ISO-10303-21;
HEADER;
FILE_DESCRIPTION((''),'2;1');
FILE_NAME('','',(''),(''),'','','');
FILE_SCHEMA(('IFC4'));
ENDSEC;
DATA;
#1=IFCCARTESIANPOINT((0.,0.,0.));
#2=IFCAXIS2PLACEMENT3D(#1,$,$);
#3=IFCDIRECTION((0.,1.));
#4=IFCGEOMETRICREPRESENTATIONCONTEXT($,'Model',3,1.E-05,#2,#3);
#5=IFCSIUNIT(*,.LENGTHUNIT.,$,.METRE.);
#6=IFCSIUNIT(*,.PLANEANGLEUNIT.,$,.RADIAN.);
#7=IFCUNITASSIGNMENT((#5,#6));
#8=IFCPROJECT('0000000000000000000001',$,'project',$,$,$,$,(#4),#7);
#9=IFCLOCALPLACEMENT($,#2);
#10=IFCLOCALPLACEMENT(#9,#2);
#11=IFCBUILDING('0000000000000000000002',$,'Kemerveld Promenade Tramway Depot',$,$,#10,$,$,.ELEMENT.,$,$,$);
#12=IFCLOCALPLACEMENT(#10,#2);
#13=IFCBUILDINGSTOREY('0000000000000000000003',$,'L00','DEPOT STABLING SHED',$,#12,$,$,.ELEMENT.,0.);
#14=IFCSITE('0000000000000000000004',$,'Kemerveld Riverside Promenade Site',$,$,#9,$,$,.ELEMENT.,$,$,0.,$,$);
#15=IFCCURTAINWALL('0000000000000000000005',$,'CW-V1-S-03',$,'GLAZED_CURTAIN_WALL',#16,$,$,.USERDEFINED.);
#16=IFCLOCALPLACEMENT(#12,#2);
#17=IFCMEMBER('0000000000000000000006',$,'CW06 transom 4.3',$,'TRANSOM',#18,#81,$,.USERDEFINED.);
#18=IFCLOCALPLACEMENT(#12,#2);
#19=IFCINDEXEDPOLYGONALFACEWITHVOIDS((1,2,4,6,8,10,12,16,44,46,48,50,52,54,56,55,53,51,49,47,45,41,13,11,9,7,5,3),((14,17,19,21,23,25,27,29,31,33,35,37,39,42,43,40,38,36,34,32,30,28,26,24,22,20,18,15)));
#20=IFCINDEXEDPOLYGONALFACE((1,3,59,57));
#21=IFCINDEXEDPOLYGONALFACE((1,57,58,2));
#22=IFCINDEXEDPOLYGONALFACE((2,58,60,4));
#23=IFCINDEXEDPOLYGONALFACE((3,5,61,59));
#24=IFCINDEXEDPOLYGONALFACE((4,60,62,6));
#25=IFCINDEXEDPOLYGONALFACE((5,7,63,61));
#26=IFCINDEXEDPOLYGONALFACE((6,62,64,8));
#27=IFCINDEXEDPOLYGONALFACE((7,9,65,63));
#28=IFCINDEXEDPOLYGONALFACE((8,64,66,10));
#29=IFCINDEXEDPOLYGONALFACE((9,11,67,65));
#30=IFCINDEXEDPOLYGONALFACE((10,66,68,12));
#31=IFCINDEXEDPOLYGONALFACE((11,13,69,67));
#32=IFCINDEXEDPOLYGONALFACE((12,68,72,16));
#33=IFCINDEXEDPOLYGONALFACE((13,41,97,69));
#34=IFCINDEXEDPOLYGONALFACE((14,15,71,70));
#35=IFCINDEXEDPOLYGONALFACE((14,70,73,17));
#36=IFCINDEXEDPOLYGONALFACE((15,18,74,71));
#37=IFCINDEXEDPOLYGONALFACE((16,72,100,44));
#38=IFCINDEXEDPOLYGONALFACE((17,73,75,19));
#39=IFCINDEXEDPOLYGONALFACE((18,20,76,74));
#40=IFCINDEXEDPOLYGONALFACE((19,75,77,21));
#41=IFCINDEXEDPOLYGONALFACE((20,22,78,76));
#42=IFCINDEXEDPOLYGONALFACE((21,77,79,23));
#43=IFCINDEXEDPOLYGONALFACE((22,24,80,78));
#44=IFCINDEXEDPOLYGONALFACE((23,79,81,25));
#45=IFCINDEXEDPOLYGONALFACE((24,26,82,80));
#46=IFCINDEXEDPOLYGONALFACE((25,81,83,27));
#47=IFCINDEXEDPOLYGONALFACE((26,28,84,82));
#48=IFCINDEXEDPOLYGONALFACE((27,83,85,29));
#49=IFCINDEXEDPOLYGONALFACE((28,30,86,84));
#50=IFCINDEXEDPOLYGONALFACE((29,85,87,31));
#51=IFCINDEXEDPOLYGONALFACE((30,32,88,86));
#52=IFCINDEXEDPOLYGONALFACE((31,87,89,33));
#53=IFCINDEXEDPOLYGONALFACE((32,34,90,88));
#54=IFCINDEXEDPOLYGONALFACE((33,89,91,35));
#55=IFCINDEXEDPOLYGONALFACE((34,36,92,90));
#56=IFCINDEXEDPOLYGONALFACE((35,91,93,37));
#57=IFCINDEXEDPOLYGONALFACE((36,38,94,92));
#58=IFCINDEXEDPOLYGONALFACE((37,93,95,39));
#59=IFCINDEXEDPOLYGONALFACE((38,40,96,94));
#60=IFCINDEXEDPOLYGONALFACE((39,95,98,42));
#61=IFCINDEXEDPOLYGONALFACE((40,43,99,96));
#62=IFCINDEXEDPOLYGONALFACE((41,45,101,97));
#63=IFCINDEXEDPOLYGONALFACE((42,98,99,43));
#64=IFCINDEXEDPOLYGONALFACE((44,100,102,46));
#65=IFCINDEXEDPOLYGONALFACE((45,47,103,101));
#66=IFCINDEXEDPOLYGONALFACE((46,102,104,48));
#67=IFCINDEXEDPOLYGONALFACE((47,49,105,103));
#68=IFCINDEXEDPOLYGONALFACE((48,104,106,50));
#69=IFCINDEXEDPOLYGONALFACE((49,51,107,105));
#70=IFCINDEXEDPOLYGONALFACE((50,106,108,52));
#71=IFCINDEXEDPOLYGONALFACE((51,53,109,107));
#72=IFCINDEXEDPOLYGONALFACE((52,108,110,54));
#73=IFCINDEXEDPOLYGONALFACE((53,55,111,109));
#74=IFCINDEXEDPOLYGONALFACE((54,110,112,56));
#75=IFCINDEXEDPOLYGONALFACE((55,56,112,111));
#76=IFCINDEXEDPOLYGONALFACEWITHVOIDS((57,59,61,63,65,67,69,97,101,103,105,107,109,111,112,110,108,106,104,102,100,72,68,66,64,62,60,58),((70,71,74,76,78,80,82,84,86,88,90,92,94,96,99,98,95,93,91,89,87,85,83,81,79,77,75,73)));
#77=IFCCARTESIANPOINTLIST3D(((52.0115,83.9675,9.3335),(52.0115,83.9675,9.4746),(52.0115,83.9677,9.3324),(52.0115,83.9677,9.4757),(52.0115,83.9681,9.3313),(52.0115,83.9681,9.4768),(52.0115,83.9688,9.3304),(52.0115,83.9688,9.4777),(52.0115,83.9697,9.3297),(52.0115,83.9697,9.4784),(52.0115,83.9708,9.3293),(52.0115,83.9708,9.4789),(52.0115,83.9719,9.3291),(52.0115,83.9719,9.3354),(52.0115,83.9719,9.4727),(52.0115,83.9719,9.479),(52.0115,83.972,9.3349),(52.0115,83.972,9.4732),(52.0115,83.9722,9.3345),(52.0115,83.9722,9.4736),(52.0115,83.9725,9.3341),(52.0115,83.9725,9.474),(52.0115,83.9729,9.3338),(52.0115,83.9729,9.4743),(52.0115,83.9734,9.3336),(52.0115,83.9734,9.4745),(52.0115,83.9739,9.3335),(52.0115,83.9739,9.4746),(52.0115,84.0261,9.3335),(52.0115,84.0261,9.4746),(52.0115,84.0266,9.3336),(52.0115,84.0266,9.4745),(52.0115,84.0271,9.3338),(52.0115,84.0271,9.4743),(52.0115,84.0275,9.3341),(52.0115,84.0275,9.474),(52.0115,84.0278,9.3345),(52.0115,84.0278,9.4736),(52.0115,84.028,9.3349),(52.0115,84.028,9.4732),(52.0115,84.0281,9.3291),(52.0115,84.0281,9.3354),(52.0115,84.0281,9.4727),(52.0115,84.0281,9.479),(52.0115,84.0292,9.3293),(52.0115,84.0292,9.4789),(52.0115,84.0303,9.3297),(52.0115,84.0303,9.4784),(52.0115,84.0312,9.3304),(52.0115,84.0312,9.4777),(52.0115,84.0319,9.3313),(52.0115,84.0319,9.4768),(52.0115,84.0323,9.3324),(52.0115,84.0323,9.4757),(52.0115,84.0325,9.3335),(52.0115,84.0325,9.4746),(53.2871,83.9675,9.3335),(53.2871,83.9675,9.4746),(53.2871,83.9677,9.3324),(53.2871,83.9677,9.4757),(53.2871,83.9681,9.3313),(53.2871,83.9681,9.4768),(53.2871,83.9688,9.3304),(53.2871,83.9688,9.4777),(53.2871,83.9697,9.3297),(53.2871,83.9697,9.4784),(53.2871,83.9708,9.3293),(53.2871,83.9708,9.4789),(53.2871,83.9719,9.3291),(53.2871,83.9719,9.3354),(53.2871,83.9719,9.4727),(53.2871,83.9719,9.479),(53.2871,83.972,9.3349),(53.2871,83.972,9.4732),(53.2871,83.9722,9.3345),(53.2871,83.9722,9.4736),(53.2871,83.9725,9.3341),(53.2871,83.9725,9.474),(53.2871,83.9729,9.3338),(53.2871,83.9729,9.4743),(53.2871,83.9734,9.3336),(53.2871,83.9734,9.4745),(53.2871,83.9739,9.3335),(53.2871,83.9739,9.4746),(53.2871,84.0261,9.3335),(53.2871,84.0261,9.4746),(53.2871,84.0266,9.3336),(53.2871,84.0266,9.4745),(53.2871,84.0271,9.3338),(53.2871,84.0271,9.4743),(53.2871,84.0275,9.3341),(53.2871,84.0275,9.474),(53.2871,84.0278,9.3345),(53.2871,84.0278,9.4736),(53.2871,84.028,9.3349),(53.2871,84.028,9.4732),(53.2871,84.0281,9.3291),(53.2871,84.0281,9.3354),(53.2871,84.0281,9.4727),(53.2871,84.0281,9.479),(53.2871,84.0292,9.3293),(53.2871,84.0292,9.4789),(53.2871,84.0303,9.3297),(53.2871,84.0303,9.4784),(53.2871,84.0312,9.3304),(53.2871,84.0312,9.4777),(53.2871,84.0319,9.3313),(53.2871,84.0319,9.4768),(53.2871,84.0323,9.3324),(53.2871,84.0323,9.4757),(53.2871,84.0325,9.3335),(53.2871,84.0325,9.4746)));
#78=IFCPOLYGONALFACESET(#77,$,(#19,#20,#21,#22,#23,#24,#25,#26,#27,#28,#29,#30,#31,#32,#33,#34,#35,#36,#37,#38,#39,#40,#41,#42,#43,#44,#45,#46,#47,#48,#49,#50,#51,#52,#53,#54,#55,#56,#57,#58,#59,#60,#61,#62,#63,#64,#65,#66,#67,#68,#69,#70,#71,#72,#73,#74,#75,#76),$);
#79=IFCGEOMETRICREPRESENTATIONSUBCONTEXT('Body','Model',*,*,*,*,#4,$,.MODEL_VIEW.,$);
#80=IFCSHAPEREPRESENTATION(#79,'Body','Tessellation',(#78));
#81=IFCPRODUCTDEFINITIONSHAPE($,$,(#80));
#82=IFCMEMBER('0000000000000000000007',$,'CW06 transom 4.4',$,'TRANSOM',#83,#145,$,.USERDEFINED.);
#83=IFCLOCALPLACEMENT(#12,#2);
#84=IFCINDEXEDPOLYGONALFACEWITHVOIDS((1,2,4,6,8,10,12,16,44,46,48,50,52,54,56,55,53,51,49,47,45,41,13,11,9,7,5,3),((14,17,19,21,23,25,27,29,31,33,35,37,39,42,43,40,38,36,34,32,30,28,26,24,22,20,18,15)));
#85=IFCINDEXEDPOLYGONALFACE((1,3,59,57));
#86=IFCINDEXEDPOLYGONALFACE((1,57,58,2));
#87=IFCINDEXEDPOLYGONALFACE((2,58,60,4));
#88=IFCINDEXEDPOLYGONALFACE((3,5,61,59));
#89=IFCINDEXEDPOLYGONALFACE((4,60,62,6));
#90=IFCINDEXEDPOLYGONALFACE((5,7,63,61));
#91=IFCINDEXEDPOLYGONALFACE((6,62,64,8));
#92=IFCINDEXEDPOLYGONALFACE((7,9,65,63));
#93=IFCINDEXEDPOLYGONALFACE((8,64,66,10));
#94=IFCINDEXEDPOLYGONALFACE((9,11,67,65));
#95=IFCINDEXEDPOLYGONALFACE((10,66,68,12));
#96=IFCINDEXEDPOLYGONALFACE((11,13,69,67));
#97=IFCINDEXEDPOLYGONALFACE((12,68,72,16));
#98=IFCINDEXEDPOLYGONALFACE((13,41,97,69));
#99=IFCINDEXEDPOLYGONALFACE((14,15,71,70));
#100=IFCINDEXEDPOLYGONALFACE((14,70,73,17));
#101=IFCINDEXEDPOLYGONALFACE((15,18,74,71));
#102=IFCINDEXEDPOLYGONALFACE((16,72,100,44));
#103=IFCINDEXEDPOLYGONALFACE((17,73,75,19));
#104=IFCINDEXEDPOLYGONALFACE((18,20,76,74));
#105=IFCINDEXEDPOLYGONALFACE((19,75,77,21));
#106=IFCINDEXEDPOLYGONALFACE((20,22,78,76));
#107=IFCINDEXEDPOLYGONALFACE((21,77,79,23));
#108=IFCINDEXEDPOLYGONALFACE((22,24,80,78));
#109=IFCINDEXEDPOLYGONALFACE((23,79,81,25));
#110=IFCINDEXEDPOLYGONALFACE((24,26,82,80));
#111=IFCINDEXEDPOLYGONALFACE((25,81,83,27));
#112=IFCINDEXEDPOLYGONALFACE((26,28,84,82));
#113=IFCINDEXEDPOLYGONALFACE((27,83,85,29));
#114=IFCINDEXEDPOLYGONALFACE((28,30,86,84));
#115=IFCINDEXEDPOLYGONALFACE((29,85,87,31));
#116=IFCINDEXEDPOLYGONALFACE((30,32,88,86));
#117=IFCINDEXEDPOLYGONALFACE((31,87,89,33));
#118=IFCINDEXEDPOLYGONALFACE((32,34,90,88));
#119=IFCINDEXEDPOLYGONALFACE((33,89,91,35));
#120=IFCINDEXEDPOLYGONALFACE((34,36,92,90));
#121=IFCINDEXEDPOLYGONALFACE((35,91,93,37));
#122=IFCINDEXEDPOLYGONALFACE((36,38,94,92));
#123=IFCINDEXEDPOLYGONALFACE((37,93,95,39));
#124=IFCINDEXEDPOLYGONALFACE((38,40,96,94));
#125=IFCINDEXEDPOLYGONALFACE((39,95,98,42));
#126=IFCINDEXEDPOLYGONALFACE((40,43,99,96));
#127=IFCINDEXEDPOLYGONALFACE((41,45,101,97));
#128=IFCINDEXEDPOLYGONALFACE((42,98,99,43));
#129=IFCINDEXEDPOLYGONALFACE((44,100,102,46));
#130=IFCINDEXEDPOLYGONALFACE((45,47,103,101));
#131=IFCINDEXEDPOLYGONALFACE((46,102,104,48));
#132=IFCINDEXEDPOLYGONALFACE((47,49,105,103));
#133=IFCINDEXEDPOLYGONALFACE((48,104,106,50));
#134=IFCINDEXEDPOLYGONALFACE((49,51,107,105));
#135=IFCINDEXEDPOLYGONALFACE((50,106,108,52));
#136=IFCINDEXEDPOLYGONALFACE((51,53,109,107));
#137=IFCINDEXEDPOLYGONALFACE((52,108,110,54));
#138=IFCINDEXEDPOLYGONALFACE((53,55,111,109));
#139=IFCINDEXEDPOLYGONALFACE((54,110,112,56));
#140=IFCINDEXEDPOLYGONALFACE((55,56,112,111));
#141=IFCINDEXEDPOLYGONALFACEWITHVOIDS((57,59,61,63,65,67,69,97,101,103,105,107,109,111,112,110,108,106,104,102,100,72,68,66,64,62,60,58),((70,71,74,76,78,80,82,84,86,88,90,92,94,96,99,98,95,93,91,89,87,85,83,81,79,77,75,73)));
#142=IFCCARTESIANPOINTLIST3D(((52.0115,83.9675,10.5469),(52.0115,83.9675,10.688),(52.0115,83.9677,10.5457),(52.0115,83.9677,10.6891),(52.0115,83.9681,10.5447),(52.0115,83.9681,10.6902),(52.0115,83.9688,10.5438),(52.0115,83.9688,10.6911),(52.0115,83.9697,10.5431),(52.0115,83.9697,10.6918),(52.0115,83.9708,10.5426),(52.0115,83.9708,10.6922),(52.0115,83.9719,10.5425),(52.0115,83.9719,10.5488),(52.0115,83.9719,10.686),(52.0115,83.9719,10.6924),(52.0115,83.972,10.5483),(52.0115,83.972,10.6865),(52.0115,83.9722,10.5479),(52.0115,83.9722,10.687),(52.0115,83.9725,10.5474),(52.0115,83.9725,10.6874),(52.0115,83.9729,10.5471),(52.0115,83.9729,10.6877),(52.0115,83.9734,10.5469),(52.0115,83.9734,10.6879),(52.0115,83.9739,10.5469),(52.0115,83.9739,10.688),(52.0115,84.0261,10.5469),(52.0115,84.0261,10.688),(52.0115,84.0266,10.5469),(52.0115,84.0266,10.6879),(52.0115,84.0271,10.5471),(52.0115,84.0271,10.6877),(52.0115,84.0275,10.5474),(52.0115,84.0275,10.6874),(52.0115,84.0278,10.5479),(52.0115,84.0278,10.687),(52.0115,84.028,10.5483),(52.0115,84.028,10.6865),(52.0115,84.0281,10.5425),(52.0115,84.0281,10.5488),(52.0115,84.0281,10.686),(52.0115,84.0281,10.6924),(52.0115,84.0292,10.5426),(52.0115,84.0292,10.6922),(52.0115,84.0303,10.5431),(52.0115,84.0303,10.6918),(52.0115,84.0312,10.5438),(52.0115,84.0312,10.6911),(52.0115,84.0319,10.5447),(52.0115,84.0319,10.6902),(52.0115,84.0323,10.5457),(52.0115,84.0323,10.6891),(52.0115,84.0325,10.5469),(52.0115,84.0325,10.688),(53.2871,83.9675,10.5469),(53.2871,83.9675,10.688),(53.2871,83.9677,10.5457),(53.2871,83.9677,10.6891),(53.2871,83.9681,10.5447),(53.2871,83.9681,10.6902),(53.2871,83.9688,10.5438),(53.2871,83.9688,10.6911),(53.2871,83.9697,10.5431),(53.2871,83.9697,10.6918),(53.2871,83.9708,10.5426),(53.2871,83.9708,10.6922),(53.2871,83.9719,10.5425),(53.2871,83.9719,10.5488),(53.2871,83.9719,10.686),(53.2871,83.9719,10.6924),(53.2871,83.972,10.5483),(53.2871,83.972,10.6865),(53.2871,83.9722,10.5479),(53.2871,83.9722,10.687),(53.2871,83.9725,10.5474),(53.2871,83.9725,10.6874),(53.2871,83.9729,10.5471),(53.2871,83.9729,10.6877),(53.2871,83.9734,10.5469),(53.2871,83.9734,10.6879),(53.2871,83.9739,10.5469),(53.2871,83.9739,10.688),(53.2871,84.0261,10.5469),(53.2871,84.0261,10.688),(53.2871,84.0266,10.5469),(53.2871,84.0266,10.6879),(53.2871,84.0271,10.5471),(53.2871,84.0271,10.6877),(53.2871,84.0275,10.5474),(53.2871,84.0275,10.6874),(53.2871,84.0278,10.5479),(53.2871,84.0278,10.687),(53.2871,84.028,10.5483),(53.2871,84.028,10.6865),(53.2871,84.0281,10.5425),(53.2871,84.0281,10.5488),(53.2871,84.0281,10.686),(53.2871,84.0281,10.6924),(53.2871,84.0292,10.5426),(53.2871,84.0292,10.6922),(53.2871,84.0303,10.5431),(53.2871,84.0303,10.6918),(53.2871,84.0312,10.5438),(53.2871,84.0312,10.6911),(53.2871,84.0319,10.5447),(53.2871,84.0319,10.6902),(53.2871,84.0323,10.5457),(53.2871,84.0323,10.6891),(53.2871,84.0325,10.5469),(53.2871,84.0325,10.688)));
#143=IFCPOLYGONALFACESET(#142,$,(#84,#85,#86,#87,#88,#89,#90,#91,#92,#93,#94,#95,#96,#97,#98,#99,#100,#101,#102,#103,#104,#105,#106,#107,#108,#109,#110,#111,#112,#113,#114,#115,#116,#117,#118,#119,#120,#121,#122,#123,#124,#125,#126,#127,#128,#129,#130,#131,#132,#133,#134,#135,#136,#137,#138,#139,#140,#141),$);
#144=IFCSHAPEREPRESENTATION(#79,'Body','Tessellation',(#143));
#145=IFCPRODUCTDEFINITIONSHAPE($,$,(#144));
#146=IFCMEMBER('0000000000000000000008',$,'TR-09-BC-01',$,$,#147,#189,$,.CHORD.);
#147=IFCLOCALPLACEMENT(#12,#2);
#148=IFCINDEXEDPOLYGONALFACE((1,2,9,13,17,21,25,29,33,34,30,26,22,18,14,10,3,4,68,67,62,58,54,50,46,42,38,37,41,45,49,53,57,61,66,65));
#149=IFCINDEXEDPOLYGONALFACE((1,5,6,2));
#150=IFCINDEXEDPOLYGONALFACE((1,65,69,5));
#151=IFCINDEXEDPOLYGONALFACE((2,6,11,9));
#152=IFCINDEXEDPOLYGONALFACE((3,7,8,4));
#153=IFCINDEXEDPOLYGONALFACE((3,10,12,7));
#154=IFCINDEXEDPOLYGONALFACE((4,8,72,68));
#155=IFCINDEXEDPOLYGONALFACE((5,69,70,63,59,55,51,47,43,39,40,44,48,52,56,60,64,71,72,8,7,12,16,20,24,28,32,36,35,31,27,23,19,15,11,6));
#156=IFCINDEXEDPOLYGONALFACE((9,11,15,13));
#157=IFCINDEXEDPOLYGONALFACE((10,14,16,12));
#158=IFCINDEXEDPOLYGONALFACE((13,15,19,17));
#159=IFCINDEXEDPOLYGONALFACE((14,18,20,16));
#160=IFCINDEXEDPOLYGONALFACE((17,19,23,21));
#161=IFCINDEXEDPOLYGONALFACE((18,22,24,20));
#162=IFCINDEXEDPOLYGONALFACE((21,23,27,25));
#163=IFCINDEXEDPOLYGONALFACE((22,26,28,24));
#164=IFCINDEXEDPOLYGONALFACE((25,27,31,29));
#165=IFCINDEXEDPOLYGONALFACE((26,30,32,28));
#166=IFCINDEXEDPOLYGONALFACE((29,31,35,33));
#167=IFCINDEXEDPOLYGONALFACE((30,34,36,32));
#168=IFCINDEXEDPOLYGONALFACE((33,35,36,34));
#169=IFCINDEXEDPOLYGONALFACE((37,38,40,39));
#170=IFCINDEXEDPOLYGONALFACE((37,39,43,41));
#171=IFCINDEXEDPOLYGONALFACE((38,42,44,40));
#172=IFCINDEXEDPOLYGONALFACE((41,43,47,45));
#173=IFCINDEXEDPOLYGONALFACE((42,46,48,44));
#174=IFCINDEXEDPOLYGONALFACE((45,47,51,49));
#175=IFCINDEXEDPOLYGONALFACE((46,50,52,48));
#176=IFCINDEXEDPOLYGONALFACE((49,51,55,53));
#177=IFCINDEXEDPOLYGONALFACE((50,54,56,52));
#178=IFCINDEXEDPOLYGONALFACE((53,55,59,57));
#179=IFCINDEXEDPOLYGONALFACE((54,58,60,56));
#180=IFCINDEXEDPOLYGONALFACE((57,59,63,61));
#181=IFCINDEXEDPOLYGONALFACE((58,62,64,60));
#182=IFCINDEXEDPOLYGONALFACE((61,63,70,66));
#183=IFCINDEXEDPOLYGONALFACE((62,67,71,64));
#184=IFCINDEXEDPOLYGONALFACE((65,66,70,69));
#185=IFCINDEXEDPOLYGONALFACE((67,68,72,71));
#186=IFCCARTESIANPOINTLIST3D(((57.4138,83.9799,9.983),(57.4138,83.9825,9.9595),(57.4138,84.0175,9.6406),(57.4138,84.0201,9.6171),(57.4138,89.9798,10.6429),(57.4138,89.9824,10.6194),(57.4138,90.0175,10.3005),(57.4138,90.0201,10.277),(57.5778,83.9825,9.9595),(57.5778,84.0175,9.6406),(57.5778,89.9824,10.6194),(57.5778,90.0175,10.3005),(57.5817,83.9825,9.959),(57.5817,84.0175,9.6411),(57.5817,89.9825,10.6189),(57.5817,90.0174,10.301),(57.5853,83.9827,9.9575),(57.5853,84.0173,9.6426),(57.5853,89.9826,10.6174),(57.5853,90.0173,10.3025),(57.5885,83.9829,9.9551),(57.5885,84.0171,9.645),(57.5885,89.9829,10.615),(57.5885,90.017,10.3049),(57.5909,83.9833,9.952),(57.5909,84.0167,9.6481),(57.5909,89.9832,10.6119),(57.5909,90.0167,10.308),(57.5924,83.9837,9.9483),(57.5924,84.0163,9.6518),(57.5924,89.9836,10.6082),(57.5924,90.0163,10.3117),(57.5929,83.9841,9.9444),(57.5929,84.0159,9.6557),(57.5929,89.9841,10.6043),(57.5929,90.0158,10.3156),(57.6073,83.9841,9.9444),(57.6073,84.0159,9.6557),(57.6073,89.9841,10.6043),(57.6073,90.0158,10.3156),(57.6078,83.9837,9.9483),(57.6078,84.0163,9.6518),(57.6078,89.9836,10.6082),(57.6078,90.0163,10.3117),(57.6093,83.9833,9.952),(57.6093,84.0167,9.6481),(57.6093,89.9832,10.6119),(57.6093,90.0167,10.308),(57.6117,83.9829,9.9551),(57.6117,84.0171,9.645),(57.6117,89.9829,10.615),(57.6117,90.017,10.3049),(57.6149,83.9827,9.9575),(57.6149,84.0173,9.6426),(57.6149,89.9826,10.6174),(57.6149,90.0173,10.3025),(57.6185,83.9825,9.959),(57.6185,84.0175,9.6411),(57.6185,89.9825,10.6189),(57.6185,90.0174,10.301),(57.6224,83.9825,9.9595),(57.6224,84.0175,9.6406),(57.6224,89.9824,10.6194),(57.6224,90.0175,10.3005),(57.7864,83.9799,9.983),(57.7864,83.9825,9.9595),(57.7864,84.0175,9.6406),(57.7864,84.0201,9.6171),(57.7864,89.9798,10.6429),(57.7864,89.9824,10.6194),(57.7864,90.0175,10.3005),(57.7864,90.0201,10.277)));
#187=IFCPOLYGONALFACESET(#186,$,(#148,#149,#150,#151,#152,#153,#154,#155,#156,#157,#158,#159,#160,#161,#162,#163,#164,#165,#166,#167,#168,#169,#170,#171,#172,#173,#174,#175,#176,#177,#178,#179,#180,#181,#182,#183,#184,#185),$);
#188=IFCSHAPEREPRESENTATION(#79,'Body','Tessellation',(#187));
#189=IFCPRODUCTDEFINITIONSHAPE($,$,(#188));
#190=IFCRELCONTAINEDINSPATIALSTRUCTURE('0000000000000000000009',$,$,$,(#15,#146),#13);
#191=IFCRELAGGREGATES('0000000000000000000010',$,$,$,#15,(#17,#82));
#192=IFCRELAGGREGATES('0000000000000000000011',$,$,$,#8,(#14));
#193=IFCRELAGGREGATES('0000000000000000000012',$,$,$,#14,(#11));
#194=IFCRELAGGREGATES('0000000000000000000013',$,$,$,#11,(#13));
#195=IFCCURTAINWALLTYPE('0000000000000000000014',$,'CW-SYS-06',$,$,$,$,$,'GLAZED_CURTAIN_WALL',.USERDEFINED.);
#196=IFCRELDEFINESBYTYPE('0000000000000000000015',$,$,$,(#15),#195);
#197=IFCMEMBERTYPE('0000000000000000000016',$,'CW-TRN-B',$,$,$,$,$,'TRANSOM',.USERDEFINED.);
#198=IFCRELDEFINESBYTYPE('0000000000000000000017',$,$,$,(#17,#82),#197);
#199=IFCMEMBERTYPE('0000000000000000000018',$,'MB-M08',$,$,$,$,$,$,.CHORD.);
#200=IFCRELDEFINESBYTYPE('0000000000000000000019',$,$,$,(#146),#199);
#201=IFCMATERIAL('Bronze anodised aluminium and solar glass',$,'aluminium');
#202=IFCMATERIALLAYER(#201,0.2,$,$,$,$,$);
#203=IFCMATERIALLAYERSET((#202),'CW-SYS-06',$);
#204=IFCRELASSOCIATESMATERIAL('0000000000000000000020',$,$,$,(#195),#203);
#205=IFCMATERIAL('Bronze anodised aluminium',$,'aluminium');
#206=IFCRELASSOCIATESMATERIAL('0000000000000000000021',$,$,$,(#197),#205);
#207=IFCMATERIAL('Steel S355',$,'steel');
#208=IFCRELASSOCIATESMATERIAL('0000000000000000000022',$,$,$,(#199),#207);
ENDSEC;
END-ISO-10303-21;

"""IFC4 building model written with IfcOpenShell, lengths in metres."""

from ifc_helpers import new_model, si_unit, direction, frame, origin, origin_2d, place, context, subcontext, project, spatial, hollow_rectangle, i_section, extrude, material, layer, layer_set, material_profile, profile_set, type_object, element, aggregate, save


model = new_model("IFC4")

# Units and contexts
model_context = context("Model", 3, precision=1e-05, world=origin(), true_north=direction((0.0, 1.0)))
body_context = subcontext(model_context, "Body", "Model", "MODEL_VIEW")
ifc_project = project(units=[si_unit("LENGTHUNIT", "METRE"), si_unit("PLANEANGLEUNIT", "RADIAN")], contexts=[model_context])

# Site, building, storey
site_placement = place(None, origin())
site = spatial("IfcSite", under=ifc_project, at=site_placement, Name="Kemerveld Riverside Promenade Site", CompositionType="ELEMENT", RefElevation=0.0)
building_placement = place(site_placement, origin())
building = spatial("IfcBuilding", under=site, at=building_placement, Name="Kemerveld Promenade Tramway Depot", CompositionType="ELEMENT")
storey_placement = place(building_placement, origin())
storey = spatial("IfcBuildingStorey", under=building, at=storey_placement, Name="L00", Description="DEPOT STABLING SHED", CompositionType="ELEMENT", Elevation=0.0)

# Shared definitions
ifc_material_1 = material(Name="Steel S355", Category="steel")

# Curtain wall, members
ifc_material_2 = material(Name="Bronze anodised aluminium and solar glass", Category="aluminium")
ifc_material_3 = material(Name="Bronze anodised aluminium", Category="aluminium")
ifc_layer_1 = layer(ifc_material_2, 0.2)
ifc_layer_set_1 = layer_set([ifc_layer_1], Name="CW-SYS-06")
curtain_wall_type_1 = type_object("IfcCurtainWallType", Name="CW-SYS-06", ElementType="GLAZED_CURTAIN_WALL", PredefinedType="USERDEFINED", material=ifc_layer_set_1)
curtain_wall_1_placement = place(storey_placement, origin())
curtain_wall_1 = element("IfcCurtainWall", 1, at=curtain_wall_1_placement, inside=storey, type_object=curtain_wall_type_1, Name="CW-V1-S-03", ObjectType="GLAZED_CURTAIN_WALL", PredefinedType="USERDEFINED")
ifc_material_profile_1 = material_profile(ifc_material_3, hollow_rectangle(XDim=0.0649, YDim=0.1499, WallThickness=0.0044, InnerFilletRadius=0.002, OuterFilletRadius=0.0044, at=origin_2d()), Name="CW-TRN-150x65")
ifc_profile_set_1 = profile_set([ifc_material_profile_1], Name="Bronze anodised aluminium")
member_type_1 = type_object("IfcMemberType", Name="CW-TRN-B", ElementType="TRANSOM", PredefinedType="USERDEFINED", material=ifc_profile_set_1)
member_1_placement = place(storey_placement, frame((53.2871, 84.0, 9.4041), z_axis=(-1.0, 0.0, 0.0), x_axis=(0.0, -1.0, 0.0)))
member_1 = element("IfcMember", 2, at=member_1_placement, type_object=member_type_1, Name="CW06 transom 4.3", ObjectType="TRANSOM", PredefinedType="USERDEFINED", context=body_context, shape_type="SweptSolid", body=[
    extrude(hollow_rectangle(XDim=0.0649, YDim=0.1499, WallThickness=0.0044, InnerFilletRadius=0.002, OuterFilletRadius=0.0044, at=origin_2d()), origin(), (0.0, 0.0, 1.0), 1.2756),
])
member_2_placement = place(storey_placement, frame((53.2871, 84.0, 10.6174), z_axis=(-1.0, 0.0, 0.0), x_axis=(0.0, -1.0, 0.0)))
member_2 = element("IfcMember", 3, at=member_2_placement, type_object=member_type_1, Name="CW06 transom 4.4", ObjectType="TRANSOM", PredefinedType="USERDEFINED", context=body_context, shape_type="SweptSolid", body=[
    extrude(hollow_rectangle(XDim=0.0649, YDim=0.1499, WallThickness=0.0044, InnerFilletRadius=0.002, OuterFilletRadius=0.0044, at=origin_2d()), origin(), (0.0, 0.0, 1.0), 1.2756),
])

# Member
ifc_material_profile_2 = material_profile(ifc_material_1, i_section(OverallWidth=0.3726, OverallDepth=0.3682, WebThickness=0.0144, FlangeThickness=0.0237, FilletRadius=0.0151, at=origin_2d()), Name="356x368x177 UC")
ifc_profile_set_2 = profile_set([ifc_material_profile_2], Name="Steel S355")
member_type_2 = type_object("IfcMemberType", Name="MB-M08", PredefinedType="CHORD", material=ifc_profile_set_2)
member_3_placement = place(storey_placement, frame((57.6001, 84.0, 9.8), z_axis=(0.0, 0.994006, 0.109326), x_axis=(-1.0, 0.0, 0.0)))
element("IfcMember", 4, at=member_3_placement, inside=storey, type_object=member_type_2, Name="TR-09-BC-01", PredefinedType="CHORD", context=body_context, shape_type="SweptSolid", body=[
    extrude(i_section(OverallWidth=0.3726, OverallDepth=0.3682, WebThickness=0.0144, FlangeThickness=0.0237, FilletRadius=0.0151, at=origin_2d()), origin(), (0.0, 0.0, 1.0), 6.0361),
])

aggregate(curtain_wall_1, [member_1, member_2])

save(model, "model.ifc")
